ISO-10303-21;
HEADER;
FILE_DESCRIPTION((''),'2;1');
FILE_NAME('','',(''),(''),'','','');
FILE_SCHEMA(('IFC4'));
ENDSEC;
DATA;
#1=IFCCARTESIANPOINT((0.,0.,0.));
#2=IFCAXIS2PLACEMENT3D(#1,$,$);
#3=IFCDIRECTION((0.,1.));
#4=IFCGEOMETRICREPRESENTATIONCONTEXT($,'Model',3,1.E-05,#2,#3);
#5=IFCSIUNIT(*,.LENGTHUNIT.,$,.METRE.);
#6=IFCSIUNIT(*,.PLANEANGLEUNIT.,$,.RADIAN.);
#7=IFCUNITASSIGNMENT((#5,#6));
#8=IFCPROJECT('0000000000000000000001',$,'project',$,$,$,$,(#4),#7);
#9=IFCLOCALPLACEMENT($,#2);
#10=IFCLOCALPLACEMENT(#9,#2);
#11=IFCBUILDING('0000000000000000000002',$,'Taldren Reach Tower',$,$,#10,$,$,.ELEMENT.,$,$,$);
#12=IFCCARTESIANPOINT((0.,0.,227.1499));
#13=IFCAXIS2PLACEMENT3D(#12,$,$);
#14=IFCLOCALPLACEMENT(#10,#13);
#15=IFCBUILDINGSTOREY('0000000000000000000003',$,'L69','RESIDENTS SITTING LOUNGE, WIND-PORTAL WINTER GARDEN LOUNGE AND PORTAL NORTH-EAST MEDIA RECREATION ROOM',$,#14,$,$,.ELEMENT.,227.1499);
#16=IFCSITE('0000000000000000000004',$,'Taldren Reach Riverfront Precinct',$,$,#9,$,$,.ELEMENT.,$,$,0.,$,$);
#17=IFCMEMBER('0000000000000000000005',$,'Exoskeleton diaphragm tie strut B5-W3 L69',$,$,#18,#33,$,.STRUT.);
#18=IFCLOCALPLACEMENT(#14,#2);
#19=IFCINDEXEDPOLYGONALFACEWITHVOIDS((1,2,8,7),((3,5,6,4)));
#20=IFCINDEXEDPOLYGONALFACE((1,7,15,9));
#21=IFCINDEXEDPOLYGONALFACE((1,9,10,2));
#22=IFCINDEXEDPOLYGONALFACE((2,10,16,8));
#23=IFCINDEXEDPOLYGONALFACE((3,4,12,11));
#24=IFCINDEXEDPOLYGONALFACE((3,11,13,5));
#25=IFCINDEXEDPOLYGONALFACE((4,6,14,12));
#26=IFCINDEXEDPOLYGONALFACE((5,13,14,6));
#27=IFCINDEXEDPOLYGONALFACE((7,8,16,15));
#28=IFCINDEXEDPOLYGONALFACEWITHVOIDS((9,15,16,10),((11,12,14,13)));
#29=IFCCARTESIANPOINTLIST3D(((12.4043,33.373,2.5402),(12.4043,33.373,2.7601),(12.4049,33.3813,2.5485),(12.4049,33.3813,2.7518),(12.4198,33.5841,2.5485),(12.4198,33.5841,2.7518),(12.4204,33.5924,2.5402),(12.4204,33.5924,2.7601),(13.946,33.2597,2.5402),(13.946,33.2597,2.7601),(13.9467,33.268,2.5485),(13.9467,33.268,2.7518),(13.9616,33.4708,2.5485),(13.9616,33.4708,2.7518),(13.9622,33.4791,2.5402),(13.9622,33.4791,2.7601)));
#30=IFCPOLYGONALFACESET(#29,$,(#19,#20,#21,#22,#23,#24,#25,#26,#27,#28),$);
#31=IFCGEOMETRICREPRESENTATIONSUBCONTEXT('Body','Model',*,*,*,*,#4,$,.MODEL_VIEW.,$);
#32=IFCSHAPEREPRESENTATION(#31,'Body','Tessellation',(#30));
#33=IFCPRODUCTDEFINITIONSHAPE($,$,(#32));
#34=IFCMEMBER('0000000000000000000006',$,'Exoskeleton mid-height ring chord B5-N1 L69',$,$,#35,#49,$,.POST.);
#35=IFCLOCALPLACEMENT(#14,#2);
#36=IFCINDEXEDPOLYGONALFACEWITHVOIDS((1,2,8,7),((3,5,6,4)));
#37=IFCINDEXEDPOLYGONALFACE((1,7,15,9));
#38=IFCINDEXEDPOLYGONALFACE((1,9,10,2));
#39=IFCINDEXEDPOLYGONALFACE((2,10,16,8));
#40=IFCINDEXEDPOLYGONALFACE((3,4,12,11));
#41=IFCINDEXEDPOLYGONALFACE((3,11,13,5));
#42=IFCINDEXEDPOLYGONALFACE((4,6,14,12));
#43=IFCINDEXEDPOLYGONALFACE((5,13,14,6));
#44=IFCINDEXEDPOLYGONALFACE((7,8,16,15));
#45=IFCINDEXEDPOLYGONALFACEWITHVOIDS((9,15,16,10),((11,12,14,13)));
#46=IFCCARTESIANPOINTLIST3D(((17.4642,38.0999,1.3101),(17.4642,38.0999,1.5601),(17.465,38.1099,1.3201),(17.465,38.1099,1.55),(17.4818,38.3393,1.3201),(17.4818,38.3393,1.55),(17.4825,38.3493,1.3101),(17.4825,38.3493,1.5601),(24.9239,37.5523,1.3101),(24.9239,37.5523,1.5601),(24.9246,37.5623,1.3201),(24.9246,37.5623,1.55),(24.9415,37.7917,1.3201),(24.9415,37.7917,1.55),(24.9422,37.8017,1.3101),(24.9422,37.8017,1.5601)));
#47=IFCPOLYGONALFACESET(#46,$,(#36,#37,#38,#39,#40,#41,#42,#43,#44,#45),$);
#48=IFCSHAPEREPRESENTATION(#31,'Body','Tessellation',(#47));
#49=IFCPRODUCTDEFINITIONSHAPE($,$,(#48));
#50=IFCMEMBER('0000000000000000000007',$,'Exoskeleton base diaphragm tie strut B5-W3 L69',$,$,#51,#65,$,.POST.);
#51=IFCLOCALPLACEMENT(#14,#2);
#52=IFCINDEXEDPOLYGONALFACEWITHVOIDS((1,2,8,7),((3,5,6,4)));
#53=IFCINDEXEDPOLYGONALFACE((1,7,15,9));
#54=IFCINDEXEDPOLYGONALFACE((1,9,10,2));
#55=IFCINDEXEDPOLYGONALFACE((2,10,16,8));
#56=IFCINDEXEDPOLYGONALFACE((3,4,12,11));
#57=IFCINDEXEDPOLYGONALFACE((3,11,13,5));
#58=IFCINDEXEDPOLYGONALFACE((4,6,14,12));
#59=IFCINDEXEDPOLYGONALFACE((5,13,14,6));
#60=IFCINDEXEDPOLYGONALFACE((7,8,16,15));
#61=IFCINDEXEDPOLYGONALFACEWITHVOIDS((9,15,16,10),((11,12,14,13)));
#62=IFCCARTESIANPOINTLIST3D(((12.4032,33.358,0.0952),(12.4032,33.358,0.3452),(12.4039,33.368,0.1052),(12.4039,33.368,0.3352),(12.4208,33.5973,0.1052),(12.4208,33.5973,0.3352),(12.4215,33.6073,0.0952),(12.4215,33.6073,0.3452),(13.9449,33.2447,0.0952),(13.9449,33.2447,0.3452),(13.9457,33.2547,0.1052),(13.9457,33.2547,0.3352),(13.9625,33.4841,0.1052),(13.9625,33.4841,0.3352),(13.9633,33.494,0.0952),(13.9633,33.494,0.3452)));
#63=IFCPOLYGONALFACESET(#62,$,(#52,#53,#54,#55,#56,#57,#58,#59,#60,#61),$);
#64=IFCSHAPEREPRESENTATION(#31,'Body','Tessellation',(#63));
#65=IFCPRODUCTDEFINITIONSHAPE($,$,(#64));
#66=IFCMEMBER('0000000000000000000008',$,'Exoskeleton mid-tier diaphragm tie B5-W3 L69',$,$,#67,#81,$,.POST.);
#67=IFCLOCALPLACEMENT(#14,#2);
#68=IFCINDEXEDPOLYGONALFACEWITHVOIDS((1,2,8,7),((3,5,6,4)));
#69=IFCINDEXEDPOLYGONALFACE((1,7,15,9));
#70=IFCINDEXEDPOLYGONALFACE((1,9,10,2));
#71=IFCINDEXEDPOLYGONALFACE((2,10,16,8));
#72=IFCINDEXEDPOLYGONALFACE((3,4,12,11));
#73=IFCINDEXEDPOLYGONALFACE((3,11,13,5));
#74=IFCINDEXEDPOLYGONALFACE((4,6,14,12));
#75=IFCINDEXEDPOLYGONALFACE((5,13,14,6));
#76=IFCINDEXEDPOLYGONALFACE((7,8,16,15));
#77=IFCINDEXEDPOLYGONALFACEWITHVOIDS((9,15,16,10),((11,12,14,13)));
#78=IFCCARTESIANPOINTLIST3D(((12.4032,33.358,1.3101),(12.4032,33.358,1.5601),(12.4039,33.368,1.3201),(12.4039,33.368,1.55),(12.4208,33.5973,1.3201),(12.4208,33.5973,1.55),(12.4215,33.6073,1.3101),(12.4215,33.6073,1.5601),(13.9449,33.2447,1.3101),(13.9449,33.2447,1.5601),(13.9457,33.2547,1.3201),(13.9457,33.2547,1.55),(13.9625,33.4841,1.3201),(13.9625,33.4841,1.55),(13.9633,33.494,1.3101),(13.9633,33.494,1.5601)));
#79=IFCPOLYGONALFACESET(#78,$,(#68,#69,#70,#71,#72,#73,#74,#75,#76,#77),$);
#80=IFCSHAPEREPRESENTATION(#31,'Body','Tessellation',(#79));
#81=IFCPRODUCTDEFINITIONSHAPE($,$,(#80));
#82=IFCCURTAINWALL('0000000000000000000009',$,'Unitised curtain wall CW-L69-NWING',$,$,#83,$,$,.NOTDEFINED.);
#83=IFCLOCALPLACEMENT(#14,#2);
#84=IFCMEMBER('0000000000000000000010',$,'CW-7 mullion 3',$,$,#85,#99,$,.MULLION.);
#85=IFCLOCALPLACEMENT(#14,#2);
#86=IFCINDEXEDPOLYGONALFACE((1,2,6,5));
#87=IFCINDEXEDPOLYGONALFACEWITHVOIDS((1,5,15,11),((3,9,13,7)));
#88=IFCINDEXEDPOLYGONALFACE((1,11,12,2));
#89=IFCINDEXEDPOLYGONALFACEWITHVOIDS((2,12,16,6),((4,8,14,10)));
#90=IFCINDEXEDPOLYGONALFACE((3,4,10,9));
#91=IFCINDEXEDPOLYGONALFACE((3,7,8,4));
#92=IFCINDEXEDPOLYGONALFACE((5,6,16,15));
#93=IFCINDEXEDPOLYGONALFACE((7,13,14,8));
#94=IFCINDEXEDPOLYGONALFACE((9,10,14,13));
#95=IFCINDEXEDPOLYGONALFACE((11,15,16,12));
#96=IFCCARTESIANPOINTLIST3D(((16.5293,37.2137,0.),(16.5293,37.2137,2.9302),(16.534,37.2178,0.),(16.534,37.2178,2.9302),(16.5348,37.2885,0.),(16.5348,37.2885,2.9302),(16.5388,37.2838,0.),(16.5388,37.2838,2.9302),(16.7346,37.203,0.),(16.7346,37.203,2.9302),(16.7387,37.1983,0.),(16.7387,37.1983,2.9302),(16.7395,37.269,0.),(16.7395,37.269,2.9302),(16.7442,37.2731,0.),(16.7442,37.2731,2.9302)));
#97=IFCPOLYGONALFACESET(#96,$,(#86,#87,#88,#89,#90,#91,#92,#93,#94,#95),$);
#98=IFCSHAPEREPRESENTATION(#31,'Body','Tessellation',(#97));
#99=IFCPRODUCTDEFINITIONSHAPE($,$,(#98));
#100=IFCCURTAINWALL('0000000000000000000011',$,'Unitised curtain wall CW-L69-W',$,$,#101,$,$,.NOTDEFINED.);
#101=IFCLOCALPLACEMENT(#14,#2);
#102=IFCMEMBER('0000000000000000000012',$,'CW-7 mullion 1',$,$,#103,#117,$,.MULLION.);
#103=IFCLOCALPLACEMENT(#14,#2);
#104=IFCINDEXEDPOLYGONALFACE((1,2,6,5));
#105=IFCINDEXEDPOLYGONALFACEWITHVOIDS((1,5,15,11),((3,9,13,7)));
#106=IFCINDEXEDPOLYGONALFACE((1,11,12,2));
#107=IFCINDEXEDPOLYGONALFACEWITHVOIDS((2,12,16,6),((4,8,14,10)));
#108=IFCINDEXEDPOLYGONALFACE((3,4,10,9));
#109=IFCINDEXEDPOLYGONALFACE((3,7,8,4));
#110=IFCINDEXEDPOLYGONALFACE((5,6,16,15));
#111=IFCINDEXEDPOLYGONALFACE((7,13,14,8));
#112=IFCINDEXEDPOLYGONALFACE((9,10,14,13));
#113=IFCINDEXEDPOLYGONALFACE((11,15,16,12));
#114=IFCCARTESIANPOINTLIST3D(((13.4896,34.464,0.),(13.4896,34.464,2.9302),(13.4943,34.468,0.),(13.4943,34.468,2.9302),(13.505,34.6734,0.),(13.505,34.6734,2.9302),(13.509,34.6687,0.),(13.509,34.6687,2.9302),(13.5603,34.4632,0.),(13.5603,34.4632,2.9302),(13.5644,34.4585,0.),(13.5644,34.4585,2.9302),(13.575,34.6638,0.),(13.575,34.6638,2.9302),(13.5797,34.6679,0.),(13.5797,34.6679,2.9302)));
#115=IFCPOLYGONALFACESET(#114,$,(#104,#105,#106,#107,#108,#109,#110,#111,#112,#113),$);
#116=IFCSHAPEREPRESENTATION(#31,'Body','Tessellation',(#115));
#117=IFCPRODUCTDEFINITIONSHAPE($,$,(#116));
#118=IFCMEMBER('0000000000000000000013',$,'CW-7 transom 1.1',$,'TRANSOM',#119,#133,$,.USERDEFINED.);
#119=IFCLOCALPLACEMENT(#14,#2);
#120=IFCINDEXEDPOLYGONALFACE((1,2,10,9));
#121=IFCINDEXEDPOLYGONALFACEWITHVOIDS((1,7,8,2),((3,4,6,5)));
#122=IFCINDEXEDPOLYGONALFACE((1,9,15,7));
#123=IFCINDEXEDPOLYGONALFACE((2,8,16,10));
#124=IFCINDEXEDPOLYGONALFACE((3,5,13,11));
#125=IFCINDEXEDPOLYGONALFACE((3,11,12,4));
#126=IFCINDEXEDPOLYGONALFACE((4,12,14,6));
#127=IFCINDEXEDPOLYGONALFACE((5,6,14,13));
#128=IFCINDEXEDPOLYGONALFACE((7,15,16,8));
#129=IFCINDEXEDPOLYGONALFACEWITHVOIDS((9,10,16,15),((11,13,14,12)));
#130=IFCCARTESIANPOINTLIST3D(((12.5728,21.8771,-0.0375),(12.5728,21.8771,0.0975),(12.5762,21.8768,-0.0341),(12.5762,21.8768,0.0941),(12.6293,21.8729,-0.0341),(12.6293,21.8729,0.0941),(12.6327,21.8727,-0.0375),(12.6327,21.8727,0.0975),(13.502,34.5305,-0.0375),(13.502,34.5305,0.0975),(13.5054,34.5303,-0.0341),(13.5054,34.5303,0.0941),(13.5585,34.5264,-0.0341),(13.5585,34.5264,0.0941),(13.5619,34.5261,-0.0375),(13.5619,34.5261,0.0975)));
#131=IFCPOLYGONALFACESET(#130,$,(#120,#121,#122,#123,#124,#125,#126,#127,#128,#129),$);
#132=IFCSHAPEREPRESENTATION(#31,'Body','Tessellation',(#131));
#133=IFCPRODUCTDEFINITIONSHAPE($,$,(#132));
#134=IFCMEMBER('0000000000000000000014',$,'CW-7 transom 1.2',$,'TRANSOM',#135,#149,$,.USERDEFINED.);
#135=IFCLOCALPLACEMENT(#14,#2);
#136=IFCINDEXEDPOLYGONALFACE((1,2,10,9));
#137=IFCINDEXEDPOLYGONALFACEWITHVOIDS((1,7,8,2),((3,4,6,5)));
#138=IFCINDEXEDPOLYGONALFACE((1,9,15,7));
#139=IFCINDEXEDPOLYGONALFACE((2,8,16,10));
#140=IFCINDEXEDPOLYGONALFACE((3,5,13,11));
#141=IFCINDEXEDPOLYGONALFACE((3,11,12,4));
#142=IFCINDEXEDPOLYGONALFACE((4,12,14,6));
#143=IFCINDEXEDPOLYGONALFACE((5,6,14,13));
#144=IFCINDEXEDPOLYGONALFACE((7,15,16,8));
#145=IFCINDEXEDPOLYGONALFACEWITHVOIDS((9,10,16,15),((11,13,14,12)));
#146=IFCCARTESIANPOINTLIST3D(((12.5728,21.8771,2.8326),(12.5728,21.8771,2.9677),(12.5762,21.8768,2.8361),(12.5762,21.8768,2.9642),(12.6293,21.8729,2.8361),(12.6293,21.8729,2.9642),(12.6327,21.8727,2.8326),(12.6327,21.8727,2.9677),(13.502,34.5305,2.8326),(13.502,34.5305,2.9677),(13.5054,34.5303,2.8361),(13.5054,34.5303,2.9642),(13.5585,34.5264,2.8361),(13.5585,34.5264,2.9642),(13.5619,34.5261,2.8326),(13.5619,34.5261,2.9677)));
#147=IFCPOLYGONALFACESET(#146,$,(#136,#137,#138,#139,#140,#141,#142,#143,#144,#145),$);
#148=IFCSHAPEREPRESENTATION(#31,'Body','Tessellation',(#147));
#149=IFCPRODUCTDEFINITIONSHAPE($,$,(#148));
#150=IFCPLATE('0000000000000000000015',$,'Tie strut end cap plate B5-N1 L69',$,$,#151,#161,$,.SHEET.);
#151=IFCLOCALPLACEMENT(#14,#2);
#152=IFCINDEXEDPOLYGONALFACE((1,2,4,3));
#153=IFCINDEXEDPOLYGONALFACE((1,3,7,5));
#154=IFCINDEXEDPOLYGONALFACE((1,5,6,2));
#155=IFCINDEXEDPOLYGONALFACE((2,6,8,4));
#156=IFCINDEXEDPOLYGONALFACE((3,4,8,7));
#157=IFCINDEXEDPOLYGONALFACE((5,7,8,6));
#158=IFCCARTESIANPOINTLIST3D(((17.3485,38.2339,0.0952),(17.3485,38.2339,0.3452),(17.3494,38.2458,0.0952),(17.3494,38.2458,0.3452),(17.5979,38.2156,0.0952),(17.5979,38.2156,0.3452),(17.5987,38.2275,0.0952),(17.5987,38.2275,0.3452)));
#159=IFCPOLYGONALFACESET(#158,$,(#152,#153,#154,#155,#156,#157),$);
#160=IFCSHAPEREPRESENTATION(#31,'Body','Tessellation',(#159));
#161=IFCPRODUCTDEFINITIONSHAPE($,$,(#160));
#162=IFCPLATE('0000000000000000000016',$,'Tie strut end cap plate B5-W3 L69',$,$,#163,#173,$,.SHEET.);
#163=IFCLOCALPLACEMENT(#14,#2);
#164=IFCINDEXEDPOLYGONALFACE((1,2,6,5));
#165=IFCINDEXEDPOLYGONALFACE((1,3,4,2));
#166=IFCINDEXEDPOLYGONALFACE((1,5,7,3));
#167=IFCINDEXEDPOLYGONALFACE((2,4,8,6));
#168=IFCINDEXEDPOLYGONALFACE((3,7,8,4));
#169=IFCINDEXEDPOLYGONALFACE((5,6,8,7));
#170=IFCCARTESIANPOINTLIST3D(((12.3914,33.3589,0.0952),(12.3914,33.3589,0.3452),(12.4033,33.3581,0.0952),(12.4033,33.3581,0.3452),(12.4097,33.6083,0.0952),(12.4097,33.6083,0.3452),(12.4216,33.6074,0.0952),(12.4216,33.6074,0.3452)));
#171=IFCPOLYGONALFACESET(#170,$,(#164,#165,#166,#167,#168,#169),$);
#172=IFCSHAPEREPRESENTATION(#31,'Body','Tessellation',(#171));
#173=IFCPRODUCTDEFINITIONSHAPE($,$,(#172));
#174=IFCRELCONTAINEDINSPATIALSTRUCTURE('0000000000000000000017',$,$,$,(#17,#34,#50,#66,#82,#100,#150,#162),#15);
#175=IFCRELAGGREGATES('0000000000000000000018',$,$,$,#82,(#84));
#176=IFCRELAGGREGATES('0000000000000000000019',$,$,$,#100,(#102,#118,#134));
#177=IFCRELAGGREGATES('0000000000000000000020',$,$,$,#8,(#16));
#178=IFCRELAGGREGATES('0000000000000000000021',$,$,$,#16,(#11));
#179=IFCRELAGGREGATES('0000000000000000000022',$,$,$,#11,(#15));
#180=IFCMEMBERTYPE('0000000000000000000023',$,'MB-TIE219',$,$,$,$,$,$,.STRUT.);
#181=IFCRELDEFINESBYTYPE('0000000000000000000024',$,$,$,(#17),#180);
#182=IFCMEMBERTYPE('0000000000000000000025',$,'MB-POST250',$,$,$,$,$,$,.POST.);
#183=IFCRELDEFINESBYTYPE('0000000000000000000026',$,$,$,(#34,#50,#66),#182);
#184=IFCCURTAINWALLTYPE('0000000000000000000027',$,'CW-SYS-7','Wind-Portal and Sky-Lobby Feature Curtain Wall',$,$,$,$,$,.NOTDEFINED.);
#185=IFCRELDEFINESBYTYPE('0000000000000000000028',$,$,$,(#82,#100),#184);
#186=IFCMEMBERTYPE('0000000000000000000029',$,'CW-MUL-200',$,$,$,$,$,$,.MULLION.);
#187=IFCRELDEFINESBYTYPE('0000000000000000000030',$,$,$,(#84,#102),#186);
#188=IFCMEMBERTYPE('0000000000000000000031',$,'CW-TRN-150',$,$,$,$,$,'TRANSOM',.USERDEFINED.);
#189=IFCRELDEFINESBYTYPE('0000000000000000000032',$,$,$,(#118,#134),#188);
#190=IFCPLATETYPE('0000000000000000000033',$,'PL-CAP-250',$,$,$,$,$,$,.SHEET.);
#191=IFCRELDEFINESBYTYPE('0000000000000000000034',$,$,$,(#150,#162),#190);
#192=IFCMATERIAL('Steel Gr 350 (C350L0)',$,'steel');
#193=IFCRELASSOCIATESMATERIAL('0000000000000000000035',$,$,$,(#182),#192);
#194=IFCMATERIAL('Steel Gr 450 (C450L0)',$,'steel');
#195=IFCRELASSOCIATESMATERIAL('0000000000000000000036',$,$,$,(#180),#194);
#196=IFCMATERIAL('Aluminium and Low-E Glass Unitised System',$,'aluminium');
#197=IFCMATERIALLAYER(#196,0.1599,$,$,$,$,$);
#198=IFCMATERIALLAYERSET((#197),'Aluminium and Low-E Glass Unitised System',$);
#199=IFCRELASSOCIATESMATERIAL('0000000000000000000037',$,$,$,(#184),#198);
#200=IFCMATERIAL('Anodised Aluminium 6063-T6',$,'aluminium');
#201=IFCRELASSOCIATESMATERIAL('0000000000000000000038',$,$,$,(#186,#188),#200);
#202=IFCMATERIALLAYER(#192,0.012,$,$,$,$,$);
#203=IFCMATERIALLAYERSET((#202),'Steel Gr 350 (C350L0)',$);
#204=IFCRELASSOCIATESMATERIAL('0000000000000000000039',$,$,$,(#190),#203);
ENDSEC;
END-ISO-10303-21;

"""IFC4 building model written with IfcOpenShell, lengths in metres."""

from ifc_helpers import new_model, si_unit, direction, frame, origin, origin_2d, place, context, subcontext, project, spatial, rectangle, hollow_rectangle, extrude, source, transform, mapped, material, layer, layer_set, material_profile, profile_set, type_object, element, aggregate, save


model = new_model("IFC4")

# Units and contexts
model_context = context("Model", 3, precision=1e-05, world=origin(), true_north=direction((0.0, 1.0)))
body_context = subcontext(model_context, "Body", "Model", "MODEL_VIEW")
ifc_project = project(units=[si_unit("LENGTHUNIT", "METRE"), si_unit("PLANEANGLEUNIT", "RADIAN")], contexts=[model_context])

# Site, building, storey
site_placement = place(None, origin())
site = spatial("IfcSite", under=ifc_project, at=site_placement, Name="Taldren Reach Riverfront Precinct", CompositionType="ELEMENT", RefElevation=0.0)
building_placement = place(site_placement, origin())
building = spatial("IfcBuilding", under=site, at=building_placement, Name="Taldren Reach Tower", CompositionType="ELEMENT")
storey_placement = place(building_placement, frame((0.0, 0.0, 227.1499)))
storey = spatial("IfcBuildingStorey", under=building, at=storey_placement, Name="L69", Description="RESIDENTS SITTING LOUNGE, WIND-PORTAL WINTER GARDEN LOUNGE AND PORTAL NORTH-EAST MEDIA RECREATION ROOM", CompositionType="ELEMENT", Elevation=227.1499)

# Shared definitions
ifc_material_1 = material(Name="Steel Gr 350 (C350L0)", Category="steel")

# Shared definitions
ifc_material_profile_1 = material_profile(ifc_material_1, hollow_rectangle(XDim=0.25, YDim=0.25, WallThickness=0.01, at=origin_2d()), Name="250x250x10.0SHS")
ifc_profile_set_1 = profile_set([ifc_material_profile_1], Name="Steel Gr 350 (C350L0)")
member_type_1 = type_object("IfcMemberType", Name="MB-POST250", PredefinedType="POST", material=ifc_profile_set_1)
ifc_material_2 = material(Name="Steel Gr 450 (C450L0)", Category="steel")
ifc_material_profile_2 = material_profile(ifc_material_2, hollow_rectangle(XDim=0.22, YDim=0.22, WallThickness=0.0083, at=origin_2d()), Name="220x220x8.2SHS")
ifc_profile_set_2 = profile_set([ifc_material_profile_2], Name="Steel Gr 450 (C450L0)")
member_type_2 = type_object("IfcMemberType", Name="MB-TIE219", PredefinedType="STRUT", material=ifc_profile_set_2)

# Members
shared_shape_1 = source(origin(), body_context, "Body", "SweptSolid", [
    extrude(hollow_rectangle(XDim=0.22, YDim=0.22, WallThickness=0.0083, at=origin_2d()), origin(), (0.0, 0.0, 1.0), 1.5459),
])
member_1_placement = place(storey_placement, frame((13.9541, 33.3694, 2.6501), z_axis=(-0.997312, 0.073278, 0.0), x_axis=(-0.073278, -0.997312, 0.0)))
element("IfcMember", 1, at=member_1_placement, inside=storey, type_object=member_type_2, Name="Exoskeleton diaphragm tie strut B5-W3 L69", PredefinedType="STRUT", context=body_context, shape_type="MappedRepresentation", body=[
    mapped(shared_shape_1, transform((0.0, 0.0, 0.0), scale=1.0)),
])
shared_shape_2 = source(origin(), body_context, "Body", "SweptSolid", [
    extrude(hollow_rectangle(XDim=0.25, YDim=0.25, WallThickness=0.01, at=origin_2d()), origin(), (0.0, 0.0, 1.0), 7.4797),
])
member_2_placement = place(storey_placement, frame((17.4734, 38.2246, 1.4351), z_axis=(0.997316, -0.073212, 0.0), x_axis=(0.073212, 0.997316, 0.0)))
element("IfcMember", 2, at=member_2_placement, inside=storey, type_object=member_type_1, Name="Exoskeleton mid-height ring chord B5-N1 L69", PredefinedType="POST", context=body_context, shape_type="MappedRepresentation", body=[
    mapped(shared_shape_2, transform((0.0, 0.0, 0.0), scale=1.0)),
])
shared_shape_3 = source(origin(), body_context, "Body", "SweptSolid", [
    extrude(hollow_rectangle(XDim=0.25, YDim=0.25, WallThickness=0.01, at=origin_2d()), origin(), (0.0, 0.0, 1.0), 1.5459),
])
for number, where, z_axis, x_axis, name in (
    (3, (13.9541, 33.3694, 0.2202), (-0.997312, 0.073278, 0.0), (-0.073278, -0.997312, 0.0), "Exoskeleton base diaphragm tie strut B5-W3 L69"),
    (4, (13.9541, 33.3694, 1.4351), (-0.997312, 0.073278, 0.0), (-0.073278, -0.997312, 0.0), "Exoskeleton mid-tier diaphragm tie B5-W3 L69"),
):
    element("IfcMember", number, at=place(storey_placement, frame(where, z_axis=z_axis, x_axis=x_axis)), inside=storey, type_object=member_type_1, Name=name, PredefinedType="POST", context=body_context, shape_type="MappedRepresentation", body=[
        mapped(shared_shape_3, transform((0.0, 0.0, 0.0), scale=1.0)),
    ])

# Curtain wall, member
ifc_material_3 = material(Name="Aluminium and Low-E Glass Unitised System", Category="aluminium")
ifc_layer_1 = layer(ifc_material_3, 0.1599)
ifc_layer_set_1 = layer_set([ifc_layer_1], Name="Aluminium and Low-E Glass Unitised System")
curtain_wall_type = type_object("IfcCurtainWallType", Name="CW-SYS-7", Description="Wind-Portal and Sky-Lobby Feature Curtain Wall", PredefinedType="NOTDEFINED", material=ifc_layer_set_1)
curtain_wall_1_placement = place(storey_placement, origin())
curtain_wall_1 = element("IfcCurtainWall", 5, at=curtain_wall_1_placement, inside=storey, type_object=curtain_wall_type, Name="Unitised curtain wall CW-L69-NWING", PredefinedType="NOTDEFINED")
ifc_material_4 = material(Name="Anodised Aluminium 6063-T6", Category="aluminium")
ifc_material_profile_3 = material_profile(ifc_material_4, hollow_rectangle(XDim=0.075, YDim=0.21, WallThickness=0.0044, at=origin_2d()), Name="ALU-210x75x4.5RHS")
ifc_profile_set_3 = profile_set([ifc_material_profile_3], Name="Anodised Aluminium 6063-T6")
member_type_3 = type_object("IfcMemberType", Name="CW-MUL-200", PredefinedType="MULLION", material=ifc_profile_set_3)
shared_shape_4 = source(origin(), body_context, "Body", "SweptSolid", [
    extrude(hollow_rectangle(XDim=0.075, YDim=0.21, WallThickness=0.0044, at=origin_2d()), origin(), (0.0, 0.0, 1.0), 2.9302),
])
member_3_placement = place(storey_placement, frame((16.6367, 37.2434, 0.0), z_axis=(0.0, 0.0, 1.0), x_axis=(-0.073238, -0.997314, 0.0)))
member_3 = element("IfcMember", 6, at=member_3_placement, type_object=member_type_3, Name="CW-7 mullion 3", PredefinedType="MULLION", context=body_context, shape_type="MappedRepresentation", body=[
    mapped(shared_shape_4, transform((0.0, 0.0, 0.0), scale=1.0)),
])

# Curtain wall, members
curtain_wall_2_placement = place(storey_placement, origin())
curtain_wall_2 = element("IfcCurtainWall", 7, at=curtain_wall_2_placement, inside=storey, type_object=curtain_wall_type, Name="Unitised curtain wall CW-L69-W", PredefinedType="NOTDEFINED")
member_4_placement = place(storey_placement, frame((13.5347, 34.5659, 0.0), z_axis=(0.0, 0.0, 1.0), x_axis=(0.997314, -0.073238, 0.0)))
member_4 = element("IfcMember", 8, at=member_4_placement, type_object=member_type_3, Name="CW-7 mullion 1", PredefinedType="MULLION", context=body_context, shape_type="MappedRepresentation", body=[
    mapped(shared_shape_4, transform((0.0, 0.0, 0.0), scale=1.0)),
])
ifc_material_profile_4 = material_profile(ifc_material_4, hollow_rectangle(XDim=0.0601, YDim=0.135, WallThickness=0.0034, at=origin_2d()), Name="ALU-135x60x3.5RHS")
ifc_profile_set_4 = profile_set([ifc_material_profile_4], Name="Anodised Aluminium 6063-T6")
member_type_4 = type_object("IfcMemberType", Name="CW-TRN-150", ElementType="TRANSOM", PredefinedType="USERDEFINED", material=ifc_profile_set_4)
shared_shape_5 = source(origin(), body_context, "Body", "SweptSolid", [
    extrude(hollow_rectangle(XDim=0.0601, YDim=0.135, WallThickness=0.0034, at=origin_2d()), origin(), (0.0, 0.0, 1.0), 12.6875),
])
member_5_placement = place(storey_placement, frame((13.532, 34.5283, 0.03), z_axis=(-0.073238, -0.997314, 0.0), x_axis=(0.997314, -0.073238, 0.0)))
member_5 = element("IfcMember", 9, at=member_5_placement, type_object=member_type_4, Name="CW-7 transom 1.1", ObjectType="TRANSOM", PredefinedType="USERDEFINED", context=body_context, shape_type="MappedRepresentation", body=[
    mapped(shared_shape_5, transform((0.0, 0.0, 0.0), scale=1.0)),
])
member_6_placement = place(storey_placement, frame((13.532, 34.5283, 2.9001), z_axis=(-0.073238, -0.997314, 0.0), x_axis=(0.997314, -0.073238, 0.0)))
member_6 = element("IfcMember", 10, at=member_6_placement, type_object=member_type_4, Name="CW-7 transom 1.2", ObjectType="TRANSOM", PredefinedType="USERDEFINED", context=body_context, shape_type="MappedRepresentation", body=[
    mapped(shared_shape_5, transform((0.0, 0.0, 0.0), scale=1.0)),
])

# Plates
ifc_layer_2 = layer(ifc_material_1, 0.012)
ifc_layer_set_2 = layer_set([ifc_layer_2], Name="Steel Gr 350 (C350L0)")
plate_type_1 = type_object("IfcPlateType", Name="PL-CAP-250", PredefinedType="SHEET", material=ifc_layer_set_2)
shared_shape_6 = source(origin(), body_context, "Body", "SweptSolid", [
    extrude(rectangle(XDim=0.25, YDim=0.012, at=origin_2d()), origin(), (0.0, 0.0, 1.0), 0.25),
])
plate_1_placement = place(storey_placement, frame((17.4736, 38.2307, 0.0952), z_axis=(0.0, 0.0, 1.0), x_axis=(0.997314, -0.073238, 0.0)))
element("IfcPlate", 11, at=plate_1_placement, inside=storey, type_object=plate_type_1, Name="Tie strut end cap plate B5-N1 L69", PredefinedType="SHEET", context=body_context, shape_type="MappedRepresentation", body=[
    mapped(shared_shape_6, transform((0.0, 0.0, 0.0), scale=1.0)),
])
shared_shape_7 = source(origin(), body_context, "Body", "SweptSolid", [
    extrude(rectangle(XDim=0.012, YDim=0.25, at=origin_2d()), origin(), (0.0, 0.0, 1.0), 0.25),
])
plate_2_placement = place(storey_placement, frame((12.4065, 33.4832, 0.0952), z_axis=(0.0, 0.0, 1.0), x_axis=(0.997314, -0.073238, 0.0)))
element("IfcPlate", 12, at=plate_2_placement, inside=storey, type_object=plate_type_1, Name="Tie strut end cap plate B5-W3 L69", PredefinedType="SHEET", context=body_context, shape_type="MappedRepresentation", body=[
    mapped(shared_shape_7, transform((0.0, 0.0, 0.0), scale=1.0)),
])

aggregate(curtain_wall_1, [member_3])
aggregate(curtain_wall_2, [member_4, member_5, member_6])

save(model, "model.ifc")
